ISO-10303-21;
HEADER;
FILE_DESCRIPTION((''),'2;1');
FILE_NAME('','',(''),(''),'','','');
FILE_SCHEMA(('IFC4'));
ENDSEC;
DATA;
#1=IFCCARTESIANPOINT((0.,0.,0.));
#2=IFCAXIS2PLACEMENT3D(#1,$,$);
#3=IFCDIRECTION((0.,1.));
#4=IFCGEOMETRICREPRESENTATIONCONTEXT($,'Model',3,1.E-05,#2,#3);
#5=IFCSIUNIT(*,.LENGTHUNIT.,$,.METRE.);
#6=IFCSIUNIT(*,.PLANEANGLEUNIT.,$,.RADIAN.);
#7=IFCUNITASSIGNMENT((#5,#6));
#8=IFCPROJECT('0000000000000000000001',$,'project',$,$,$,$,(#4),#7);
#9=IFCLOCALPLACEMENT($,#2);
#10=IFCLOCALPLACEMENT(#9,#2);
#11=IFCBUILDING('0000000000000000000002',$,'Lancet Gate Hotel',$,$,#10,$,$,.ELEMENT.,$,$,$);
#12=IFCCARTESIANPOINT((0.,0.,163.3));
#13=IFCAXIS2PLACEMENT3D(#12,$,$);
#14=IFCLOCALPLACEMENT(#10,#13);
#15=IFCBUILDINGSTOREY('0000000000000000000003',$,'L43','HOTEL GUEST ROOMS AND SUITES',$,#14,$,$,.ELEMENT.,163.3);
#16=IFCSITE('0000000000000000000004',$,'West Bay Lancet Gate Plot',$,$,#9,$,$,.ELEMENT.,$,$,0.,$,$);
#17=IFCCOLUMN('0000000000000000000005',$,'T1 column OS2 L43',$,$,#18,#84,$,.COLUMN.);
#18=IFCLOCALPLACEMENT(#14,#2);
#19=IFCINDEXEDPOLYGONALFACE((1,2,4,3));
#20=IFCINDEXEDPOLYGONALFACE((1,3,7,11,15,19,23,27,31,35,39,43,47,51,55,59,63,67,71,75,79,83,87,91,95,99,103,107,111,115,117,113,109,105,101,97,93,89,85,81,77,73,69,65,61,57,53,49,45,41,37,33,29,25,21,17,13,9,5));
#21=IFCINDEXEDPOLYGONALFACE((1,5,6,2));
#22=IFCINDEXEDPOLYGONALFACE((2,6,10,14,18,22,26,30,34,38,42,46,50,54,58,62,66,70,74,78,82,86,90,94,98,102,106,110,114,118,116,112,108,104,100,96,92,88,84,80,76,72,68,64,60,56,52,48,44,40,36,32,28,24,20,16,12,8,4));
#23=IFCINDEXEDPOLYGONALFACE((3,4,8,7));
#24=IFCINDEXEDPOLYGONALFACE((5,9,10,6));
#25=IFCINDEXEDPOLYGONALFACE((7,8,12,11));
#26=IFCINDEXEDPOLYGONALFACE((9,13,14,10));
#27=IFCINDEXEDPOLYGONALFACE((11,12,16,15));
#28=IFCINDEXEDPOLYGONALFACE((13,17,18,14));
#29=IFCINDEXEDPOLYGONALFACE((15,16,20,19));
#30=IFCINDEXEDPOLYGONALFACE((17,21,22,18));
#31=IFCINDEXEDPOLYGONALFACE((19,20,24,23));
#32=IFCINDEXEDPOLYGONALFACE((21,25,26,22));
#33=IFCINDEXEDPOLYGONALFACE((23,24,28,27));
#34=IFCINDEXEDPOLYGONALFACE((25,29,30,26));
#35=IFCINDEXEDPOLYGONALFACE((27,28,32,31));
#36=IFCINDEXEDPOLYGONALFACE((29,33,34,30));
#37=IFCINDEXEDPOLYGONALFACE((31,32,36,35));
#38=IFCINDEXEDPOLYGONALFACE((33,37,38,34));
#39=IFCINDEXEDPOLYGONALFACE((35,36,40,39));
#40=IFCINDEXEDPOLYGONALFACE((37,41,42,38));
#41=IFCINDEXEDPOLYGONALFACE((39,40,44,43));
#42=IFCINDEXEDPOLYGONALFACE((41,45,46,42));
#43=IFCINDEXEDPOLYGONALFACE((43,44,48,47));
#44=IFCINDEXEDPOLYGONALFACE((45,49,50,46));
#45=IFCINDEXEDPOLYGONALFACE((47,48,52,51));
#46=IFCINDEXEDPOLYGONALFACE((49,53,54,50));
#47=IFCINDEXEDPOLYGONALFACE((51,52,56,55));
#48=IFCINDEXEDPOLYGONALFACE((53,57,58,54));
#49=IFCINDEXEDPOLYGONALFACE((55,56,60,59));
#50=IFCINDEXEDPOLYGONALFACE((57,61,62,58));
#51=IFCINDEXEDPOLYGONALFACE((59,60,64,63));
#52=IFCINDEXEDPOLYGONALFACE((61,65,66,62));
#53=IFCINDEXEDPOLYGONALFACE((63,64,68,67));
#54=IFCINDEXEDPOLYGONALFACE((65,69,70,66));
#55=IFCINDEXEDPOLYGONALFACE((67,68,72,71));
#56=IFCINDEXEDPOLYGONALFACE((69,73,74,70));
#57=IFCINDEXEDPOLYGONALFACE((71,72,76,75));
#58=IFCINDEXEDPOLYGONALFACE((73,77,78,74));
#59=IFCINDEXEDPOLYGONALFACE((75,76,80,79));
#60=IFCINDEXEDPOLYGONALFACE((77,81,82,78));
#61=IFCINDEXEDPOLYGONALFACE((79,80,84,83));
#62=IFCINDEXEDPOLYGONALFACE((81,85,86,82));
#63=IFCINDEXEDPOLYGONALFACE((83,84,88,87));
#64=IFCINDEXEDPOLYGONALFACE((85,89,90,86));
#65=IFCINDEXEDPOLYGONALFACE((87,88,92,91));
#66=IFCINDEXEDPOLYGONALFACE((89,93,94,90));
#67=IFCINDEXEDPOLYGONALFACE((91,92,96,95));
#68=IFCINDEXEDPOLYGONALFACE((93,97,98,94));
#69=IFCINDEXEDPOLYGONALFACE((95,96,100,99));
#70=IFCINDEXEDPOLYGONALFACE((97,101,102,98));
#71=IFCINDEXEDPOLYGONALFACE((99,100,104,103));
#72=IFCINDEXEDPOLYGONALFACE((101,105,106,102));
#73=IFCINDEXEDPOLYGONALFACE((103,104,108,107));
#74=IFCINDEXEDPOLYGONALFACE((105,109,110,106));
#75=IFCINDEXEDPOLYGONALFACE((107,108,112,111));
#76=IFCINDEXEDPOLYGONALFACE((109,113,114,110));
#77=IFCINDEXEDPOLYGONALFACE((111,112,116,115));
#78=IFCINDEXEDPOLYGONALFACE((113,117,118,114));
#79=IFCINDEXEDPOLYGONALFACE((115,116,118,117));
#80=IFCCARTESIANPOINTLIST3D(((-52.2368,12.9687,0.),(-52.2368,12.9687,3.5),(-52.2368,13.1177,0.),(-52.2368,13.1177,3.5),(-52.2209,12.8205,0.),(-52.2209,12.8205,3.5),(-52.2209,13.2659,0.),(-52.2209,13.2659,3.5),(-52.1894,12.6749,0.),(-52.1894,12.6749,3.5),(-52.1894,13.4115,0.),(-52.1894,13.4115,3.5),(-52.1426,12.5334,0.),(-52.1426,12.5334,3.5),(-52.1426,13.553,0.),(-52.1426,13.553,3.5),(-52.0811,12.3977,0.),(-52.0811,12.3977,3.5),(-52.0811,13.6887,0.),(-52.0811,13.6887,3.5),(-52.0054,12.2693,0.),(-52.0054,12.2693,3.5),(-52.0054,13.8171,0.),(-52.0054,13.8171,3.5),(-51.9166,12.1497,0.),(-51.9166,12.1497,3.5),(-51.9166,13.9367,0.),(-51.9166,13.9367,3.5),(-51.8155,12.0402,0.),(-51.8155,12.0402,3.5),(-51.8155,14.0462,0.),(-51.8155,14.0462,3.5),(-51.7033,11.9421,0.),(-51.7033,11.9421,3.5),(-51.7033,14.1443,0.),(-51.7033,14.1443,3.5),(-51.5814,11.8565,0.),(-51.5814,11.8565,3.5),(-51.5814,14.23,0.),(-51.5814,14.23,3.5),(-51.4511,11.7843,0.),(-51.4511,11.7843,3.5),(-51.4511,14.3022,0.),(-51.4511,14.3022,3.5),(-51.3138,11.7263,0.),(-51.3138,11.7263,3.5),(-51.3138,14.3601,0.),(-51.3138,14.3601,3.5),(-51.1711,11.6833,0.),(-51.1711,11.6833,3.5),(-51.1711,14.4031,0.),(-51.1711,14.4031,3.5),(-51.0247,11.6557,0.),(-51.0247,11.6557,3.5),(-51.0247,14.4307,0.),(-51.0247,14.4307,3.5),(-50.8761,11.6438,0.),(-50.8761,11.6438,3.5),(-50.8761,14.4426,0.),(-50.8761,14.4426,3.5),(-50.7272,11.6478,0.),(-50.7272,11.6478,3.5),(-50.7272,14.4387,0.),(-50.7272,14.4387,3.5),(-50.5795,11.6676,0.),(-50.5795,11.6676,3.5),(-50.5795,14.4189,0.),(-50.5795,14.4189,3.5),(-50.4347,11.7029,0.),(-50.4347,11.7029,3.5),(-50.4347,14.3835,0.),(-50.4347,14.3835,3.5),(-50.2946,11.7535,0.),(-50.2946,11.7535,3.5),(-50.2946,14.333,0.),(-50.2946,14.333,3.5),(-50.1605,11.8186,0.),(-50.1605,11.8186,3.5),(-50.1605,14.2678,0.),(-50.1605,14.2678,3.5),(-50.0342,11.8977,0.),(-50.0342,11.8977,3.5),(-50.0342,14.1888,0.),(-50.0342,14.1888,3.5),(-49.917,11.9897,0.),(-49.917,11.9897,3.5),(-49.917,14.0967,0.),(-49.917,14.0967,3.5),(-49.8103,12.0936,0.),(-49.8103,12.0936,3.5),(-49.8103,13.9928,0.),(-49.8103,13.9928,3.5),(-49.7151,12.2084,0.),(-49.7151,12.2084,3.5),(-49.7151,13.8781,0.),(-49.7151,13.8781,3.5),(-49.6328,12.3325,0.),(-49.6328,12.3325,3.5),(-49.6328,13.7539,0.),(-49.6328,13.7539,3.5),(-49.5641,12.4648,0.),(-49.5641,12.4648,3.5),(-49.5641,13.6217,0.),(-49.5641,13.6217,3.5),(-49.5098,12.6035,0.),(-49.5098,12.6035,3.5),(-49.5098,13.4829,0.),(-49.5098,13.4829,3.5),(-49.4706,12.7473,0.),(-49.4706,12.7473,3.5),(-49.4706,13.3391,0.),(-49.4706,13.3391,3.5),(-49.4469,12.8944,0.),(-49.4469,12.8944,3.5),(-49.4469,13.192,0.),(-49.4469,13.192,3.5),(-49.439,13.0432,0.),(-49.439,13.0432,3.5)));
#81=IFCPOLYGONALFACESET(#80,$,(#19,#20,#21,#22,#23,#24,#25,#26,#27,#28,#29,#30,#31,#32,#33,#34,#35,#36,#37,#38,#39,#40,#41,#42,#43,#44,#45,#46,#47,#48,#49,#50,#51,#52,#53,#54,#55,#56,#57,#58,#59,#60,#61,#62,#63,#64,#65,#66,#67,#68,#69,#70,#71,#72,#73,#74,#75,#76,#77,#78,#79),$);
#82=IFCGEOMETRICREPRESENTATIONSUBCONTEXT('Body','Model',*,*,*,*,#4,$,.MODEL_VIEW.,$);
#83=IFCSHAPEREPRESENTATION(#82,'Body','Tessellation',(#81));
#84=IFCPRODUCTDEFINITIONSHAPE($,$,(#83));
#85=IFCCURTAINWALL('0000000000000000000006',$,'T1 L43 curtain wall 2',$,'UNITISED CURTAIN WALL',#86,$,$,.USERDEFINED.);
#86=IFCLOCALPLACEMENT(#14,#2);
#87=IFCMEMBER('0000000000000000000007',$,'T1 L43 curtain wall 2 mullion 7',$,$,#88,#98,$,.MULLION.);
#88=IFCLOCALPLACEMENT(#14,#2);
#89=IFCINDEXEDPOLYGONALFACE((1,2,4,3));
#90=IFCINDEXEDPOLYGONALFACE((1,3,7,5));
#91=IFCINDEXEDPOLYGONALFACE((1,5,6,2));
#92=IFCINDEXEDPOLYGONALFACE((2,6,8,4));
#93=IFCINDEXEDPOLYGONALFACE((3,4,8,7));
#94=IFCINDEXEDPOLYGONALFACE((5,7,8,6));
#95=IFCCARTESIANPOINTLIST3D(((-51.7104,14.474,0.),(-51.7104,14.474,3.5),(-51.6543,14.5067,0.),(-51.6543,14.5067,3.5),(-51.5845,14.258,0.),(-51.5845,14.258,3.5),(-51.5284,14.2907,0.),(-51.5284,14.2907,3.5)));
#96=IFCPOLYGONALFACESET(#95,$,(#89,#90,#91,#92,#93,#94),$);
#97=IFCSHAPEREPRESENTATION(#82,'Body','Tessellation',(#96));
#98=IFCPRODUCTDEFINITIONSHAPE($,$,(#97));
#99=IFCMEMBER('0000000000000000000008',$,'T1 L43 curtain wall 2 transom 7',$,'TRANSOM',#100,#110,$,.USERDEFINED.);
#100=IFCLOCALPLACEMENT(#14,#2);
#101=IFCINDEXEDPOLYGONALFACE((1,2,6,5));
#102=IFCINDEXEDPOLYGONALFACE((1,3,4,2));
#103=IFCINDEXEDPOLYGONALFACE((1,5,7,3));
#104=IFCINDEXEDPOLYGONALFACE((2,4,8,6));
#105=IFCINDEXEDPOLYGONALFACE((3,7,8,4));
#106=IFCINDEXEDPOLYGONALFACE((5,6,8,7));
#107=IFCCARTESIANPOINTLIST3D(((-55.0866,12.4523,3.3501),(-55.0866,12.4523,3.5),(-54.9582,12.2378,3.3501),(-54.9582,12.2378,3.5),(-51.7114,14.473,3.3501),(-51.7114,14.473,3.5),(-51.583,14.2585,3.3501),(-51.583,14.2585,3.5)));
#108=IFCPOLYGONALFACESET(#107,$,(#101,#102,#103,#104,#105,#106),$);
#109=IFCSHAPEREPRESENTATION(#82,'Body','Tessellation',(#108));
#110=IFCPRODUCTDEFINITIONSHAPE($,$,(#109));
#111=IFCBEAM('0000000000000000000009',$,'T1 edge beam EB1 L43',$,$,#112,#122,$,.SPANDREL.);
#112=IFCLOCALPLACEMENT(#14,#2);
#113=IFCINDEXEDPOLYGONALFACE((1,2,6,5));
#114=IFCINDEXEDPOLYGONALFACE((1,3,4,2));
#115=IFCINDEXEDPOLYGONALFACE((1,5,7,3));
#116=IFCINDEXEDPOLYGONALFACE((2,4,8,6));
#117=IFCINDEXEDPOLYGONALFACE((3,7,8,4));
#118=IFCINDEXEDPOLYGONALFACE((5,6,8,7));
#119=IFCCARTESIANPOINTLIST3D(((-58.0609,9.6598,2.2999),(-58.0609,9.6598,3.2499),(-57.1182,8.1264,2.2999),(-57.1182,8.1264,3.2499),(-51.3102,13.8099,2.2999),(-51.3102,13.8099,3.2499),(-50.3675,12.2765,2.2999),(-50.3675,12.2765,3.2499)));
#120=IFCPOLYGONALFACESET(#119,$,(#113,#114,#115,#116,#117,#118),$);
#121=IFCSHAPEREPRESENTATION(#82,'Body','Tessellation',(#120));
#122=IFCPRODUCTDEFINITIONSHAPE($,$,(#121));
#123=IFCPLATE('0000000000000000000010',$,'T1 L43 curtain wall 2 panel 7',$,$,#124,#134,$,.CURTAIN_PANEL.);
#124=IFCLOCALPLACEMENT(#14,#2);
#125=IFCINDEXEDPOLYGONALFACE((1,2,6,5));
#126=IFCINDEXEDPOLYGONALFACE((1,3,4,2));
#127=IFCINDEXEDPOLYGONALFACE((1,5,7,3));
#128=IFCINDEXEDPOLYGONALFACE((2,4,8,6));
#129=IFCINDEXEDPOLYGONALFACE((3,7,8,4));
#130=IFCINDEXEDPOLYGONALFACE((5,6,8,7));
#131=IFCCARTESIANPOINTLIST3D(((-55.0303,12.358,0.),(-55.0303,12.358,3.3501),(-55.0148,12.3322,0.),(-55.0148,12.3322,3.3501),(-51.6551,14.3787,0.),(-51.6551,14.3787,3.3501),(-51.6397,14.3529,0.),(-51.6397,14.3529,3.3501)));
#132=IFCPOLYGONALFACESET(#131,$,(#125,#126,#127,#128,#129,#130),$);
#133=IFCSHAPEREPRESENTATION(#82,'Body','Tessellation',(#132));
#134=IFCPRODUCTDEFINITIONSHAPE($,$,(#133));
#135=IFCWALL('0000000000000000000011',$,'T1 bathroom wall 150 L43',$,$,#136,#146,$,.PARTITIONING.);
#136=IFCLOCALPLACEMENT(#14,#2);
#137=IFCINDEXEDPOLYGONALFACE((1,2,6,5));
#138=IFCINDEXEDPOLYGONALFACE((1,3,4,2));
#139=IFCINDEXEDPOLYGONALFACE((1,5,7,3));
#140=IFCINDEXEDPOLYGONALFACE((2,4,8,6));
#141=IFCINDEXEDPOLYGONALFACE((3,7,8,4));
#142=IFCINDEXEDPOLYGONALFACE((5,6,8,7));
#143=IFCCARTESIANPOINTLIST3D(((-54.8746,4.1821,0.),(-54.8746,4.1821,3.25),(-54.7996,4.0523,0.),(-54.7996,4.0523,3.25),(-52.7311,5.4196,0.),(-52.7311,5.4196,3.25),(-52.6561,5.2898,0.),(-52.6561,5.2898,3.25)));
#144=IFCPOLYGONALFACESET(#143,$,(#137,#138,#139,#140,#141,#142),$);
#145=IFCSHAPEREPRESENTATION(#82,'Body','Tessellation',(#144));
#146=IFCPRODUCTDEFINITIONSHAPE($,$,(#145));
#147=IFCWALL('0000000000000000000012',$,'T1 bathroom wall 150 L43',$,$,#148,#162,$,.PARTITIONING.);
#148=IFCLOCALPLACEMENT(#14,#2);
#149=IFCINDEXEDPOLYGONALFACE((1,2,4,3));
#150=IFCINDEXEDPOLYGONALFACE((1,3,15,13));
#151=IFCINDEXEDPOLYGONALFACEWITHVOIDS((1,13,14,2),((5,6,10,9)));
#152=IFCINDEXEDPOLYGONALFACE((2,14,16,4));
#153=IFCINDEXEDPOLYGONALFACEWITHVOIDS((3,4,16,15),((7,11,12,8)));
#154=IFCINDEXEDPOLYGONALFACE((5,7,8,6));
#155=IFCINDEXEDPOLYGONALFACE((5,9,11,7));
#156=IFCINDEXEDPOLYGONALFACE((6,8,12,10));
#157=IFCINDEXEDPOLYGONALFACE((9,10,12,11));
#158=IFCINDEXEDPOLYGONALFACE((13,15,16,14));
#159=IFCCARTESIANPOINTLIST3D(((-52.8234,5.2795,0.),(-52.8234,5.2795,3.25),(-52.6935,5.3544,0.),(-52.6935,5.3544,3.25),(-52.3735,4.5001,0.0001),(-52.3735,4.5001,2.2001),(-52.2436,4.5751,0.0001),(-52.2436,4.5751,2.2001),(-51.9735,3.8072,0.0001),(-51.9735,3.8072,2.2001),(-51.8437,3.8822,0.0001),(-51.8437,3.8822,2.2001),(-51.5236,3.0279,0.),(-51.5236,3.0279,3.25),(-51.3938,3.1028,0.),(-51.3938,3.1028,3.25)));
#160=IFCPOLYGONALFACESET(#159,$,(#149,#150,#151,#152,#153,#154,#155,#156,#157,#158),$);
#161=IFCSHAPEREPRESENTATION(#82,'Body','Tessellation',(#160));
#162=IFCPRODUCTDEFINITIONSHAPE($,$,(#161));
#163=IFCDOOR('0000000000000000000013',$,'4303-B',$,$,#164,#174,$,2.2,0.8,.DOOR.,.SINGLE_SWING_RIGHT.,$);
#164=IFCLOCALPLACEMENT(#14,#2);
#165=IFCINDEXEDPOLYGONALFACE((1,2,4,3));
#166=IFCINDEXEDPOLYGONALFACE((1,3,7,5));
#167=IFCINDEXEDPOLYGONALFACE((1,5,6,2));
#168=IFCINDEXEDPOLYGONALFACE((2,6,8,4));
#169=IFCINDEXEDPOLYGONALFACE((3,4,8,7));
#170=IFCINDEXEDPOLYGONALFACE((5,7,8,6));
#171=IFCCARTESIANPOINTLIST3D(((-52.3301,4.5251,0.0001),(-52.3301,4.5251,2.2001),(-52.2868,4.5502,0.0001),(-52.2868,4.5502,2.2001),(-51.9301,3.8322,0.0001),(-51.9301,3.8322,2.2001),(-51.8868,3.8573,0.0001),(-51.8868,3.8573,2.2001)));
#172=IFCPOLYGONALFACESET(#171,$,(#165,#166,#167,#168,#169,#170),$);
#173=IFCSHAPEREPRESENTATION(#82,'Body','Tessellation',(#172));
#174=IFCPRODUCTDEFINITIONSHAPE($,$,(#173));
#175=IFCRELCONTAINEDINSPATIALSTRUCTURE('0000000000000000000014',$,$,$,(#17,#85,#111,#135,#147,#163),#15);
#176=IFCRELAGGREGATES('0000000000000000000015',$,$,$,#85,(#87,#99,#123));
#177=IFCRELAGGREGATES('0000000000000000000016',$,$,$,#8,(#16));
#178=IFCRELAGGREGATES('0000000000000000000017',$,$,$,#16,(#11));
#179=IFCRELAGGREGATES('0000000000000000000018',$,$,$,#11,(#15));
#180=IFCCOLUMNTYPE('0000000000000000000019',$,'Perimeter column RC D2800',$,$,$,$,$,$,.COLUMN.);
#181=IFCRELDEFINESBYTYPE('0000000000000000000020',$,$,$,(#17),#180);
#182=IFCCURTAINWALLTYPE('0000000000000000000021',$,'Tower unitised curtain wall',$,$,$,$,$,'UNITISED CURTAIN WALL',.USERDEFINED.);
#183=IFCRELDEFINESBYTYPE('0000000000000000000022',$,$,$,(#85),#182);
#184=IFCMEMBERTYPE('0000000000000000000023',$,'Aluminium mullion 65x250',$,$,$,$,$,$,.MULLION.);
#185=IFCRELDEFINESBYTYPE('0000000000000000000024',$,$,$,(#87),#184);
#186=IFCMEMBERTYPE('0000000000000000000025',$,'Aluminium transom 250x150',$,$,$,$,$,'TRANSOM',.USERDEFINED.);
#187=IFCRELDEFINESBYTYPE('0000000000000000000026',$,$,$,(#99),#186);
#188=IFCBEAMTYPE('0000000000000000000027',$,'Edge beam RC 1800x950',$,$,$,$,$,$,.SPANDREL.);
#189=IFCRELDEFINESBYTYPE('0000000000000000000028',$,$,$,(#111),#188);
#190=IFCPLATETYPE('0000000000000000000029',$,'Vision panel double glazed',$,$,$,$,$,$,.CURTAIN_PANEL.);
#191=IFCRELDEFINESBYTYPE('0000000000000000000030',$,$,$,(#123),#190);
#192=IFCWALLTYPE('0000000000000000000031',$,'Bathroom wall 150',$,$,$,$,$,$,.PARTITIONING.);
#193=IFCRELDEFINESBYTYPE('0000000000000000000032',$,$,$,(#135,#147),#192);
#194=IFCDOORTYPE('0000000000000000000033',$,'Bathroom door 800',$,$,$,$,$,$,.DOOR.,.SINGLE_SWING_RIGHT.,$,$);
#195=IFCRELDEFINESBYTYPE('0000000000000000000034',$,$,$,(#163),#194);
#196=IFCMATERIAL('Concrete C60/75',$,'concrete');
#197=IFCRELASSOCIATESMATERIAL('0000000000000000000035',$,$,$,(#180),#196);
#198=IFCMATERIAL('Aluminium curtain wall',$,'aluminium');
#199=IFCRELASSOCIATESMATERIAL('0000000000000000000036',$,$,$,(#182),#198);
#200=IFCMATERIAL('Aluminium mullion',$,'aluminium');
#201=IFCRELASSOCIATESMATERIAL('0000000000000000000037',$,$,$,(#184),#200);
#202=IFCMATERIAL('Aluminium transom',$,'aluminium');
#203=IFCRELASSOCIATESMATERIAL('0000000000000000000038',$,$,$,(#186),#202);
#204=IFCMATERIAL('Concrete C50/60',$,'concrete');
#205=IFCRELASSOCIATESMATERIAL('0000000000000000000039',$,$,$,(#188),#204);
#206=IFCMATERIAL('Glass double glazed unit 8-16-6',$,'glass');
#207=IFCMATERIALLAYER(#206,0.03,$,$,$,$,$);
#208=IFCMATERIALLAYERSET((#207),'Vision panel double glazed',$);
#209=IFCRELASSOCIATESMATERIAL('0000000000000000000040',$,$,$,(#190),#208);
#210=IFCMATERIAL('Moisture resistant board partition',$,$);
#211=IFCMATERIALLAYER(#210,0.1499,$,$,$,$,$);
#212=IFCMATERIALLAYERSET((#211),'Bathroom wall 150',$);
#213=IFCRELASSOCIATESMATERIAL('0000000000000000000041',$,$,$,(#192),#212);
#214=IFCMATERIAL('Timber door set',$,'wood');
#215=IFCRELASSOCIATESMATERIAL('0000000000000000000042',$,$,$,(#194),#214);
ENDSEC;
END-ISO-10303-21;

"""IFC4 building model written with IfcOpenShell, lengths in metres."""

from ifc_helpers import new_model, si_unit, direction, frame, frame_2d, origin, origin_2d, place, context, subcontext, project, spatial, rectangle, circle, extrude, material, layer, layer_set, material_profile, profile_set, type_object, element, fill, aggregate, save


model = new_model("IFC4")

# Units and contexts
model_context = context("Model", 3, precision=1e-05, world=origin(), true_north=direction((0.0, 1.0)))
body_context = subcontext(model_context, "Body", "Model", "MODEL_VIEW")
ifc_project = project(units=[si_unit("LENGTHUNIT", "METRE"), si_unit("PLANEANGLEUNIT", "RADIAN")], contexts=[model_context])

# Site, building, storey
site_placement = place(None, origin())
site = spatial("IfcSite", under=ifc_project, at=site_placement, Name="West Bay Lancet Gate Plot", CompositionType="ELEMENT", RefElevation=0.0)
building_placement = place(site_placement, origin())
building = spatial("IfcBuilding", under=site, at=building_placement, Name="Lancet Gate Hotel", CompositionType="ELEMENT")
storey_placement = place(building_placement, frame((0.0, 0.0, 163.3)))
storey = spatial("IfcBuildingStorey", under=building, at=storey_placement, Name="L43", Description="HOTEL GUEST ROOMS AND SUITES", CompositionType="ELEMENT", Elevation=163.3)

# Column
ifc_material_1 = material(Name="Concrete C60/75", Category="concrete")
ifc_material_profile_1 = material_profile(ifc_material_1, circle(Radius=1.3999, at=origin_2d()), Name="RC D2800")
ifc_profile_set_1 = profile_set([ifc_material_profile_1], Name="Concrete C60/75")
column_type = type_object("IfcColumnType", Name="Perimeter column RC D2800", PredefinedType="COLUMN", material=ifc_profile_set_1)
column_placement = place(storey_placement, frame((-50.8389, 13.0432, 0.0), z_axis=(0.0, 0.0, 1.0), x_axis=(1.0, 0.0, 0.0)))
element("IfcColumn", 1, at=column_placement, inside=storey, type_object=column_type, Name="T1 column OS2 L43", PredefinedType="COLUMN", context=body_context, shape_type="SweptSolid", body=[
    extrude(circle(Radius=1.3999, at=origin_2d()), origin(), (0.0, 0.0, 1.0), 3.5),
])

# Curtain wall, members
ifc_material_2 = material(Name="Aluminium curtain wall", Category="aluminium")
curtain_wall_type = type_object("IfcCurtainWallType", Name="Tower unitised curtain wall", ElementType="UNITISED CURTAIN WALL", PredefinedType="USERDEFINED", material=ifc_material_2)
curtain_wall_placement = place(storey_placement, origin())
curtain_wall = element("IfcCurtainWall", 2, at=curtain_wall_placement, inside=storey, type_object=curtain_wall_type, Name="T1 L43 curtain wall 2", ObjectType="UNITISED CURTAIN WALL", PredefinedType="USERDEFINED")
ifc_material_3 = material(Name="Aluminium mullion", Category="aluminium")
ifc_material_profile_2 = material_profile(ifc_material_3, rectangle(XDim=0.0649, YDim=0.25, at=origin_2d()), Name="MULLION 65x250")
ifc_profile_set_2 = profile_set([ifc_material_profile_2], Name="Aluminium mullion")
member_type_1 = type_object("IfcMemberType", Name="Aluminium mullion 65x250", PredefinedType="MULLION", material=ifc_profile_set_2)
member_1_placement = place(storey_placement, frame((-51.6194, 14.3823, 0.0), z_axis=(0.0, 0.0, 1.0), x_axis=(-0.863969, -0.503545, 0.0)))
member_1 = element("IfcMember", 3, at=member_1_placement, type_object=member_type_1, Name="T1 L43 curtain wall 2 mullion 7", PredefinedType="MULLION", context=body_context, shape_type="SweptSolid", body=[
    extrude(rectangle(XDim=0.0649, YDim=0.25, at=origin_2d()), origin(), (0.0, 0.0, 1.0), 3.5),
])
ifc_material_4 = material(Name="Aluminium transom", Category="aluminium")
ifc_material_profile_3 = material_profile(ifc_material_4, rectangle(XDim=0.25, YDim=0.1499, at=origin_2d()), Name="TRANSOM 250x150")
ifc_profile_set_3 = profile_set([ifc_material_profile_3], Name="Aluminium transom")
member_type_2 = type_object("IfcMemberType", Name="Aluminium transom 250x150", ElementType="TRANSOM", PredefinedType="USERDEFINED", material=ifc_profile_set_3)
member_2_placement = place(storey_placement, frame((-51.6472, 14.3657, 3.425), z_axis=(-0.857985, -0.513674, 0.0), x_axis=(0.513674, -0.857985, 0.0)))
member_2 = element("IfcMember", 4, at=member_2_placement, type_object=member_type_2, Name="T1 L43 curtain wall 2 transom 7", ObjectType="TRANSOM", PredefinedType="USERDEFINED", context=body_context, shape_type="SweptSolid", body=[
    extrude(rectangle(XDim=0.25, YDim=0.1499, at=origin_2d()), origin(), (0.0, 0.0, 1.0), 3.9338),
])

# Beam
ifc_material_5 = material(Name="Concrete C50/60", Category="concrete")
ifc_material_profile_4 = material_profile(ifc_material_5, rectangle(XDim=1.8, YDim=0.95, at=origin_2d()), Name="RC 1800x950")
ifc_profile_set_4 = profile_set([ifc_material_profile_4], Name="Concrete C50/60")
beam_type = type_object("IfcBeamType", Name="Edge beam RC 1800x950", PredefinedType="SPANDREL", material=ifc_profile_set_4)
beam_placement = place(storey_placement, frame((-50.8389, 13.0432, 2.7749), z_axis=(-0.851892, -0.523717, 0.0), x_axis=(0.523717, -0.851892, 0.0)))
element("IfcBeam", 5, at=beam_placement, inside=storey, type_object=beam_type, Name="T1 edge beam EB1 L43", PredefinedType="SPANDREL", context=body_context, shape_type="SweptSolid", body=[
    extrude(rectangle(XDim=1.8, YDim=0.95, at=origin_2d()), origin(), (0.0, 0.0, 1.0), 7.9243),
])

# Plate
ifc_material_6 = material(Name="Glass double glazed unit 8-16-6", Category="glass")
ifc_layer_1 = layer(ifc_material_6, 0.03)
ifc_layer_set_1 = layer_set([ifc_layer_1], Name="Vision panel double glazed")
plate_type = type_object("IfcPlateType", Name="Vision panel double glazed", PredefinedType="CURTAIN_PANEL", material=ifc_layer_set_1)
plate_placement = place(storey_placement, frame((-53.335, 13.3555, 0.0), z_axis=(0.0, 0.0, 1.0), x_axis=(-0.857987, -0.513672, 0.0)))
plate = element("IfcPlate", 6, at=plate_placement, type_object=plate_type, Name="T1 L43 curtain wall 2 panel 7", PredefinedType="CURTAIN_PANEL", context=body_context, shape_type="SweptSolid", body=[
    extrude(rectangle(XDim=3.9338, YDim=0.03, at=origin_2d()), origin(), (0.0, 0.0, 1.0), 3.3501),
])
aggregate(curtain_wall, [member_1, member_2, plate])

# Wall
ifc_material_7 = material(Name="Moisture resistant board partition")
ifc_layer_2 = layer(ifc_material_7, 0.1499)
ifc_layer_set_2 = layer_set([ifc_layer_2], Name="Bathroom wall 150")
wall_type_1 = type_object("IfcWallType", Name="Bathroom wall 150", PredefinedType="PARTITIONING", material=ifc_layer_set_2)
wall_1_placement = place(storey_placement, frame((-52.6936, 5.3547, 0.0), z_axis=(0.0, 0.0, 1.0), x_axis=(-0.866031, -0.49999, 0.0)))
element("IfcWall", 7, at=wall_1_placement, inside=storey, type_object=wall_type_1, Name="T1 bathroom wall 150 L43", PredefinedType="PARTITIONING", context=body_context, shape_type="SweptSolid", body=[
    extrude(rectangle(XDim=2.4751, YDim=0.1499, at=frame_2d((1.2375, 0.0))), origin(), (0.0, 0.0, 1.0), 3.25),
])

# Wall, opening, door
wall_2_placement = place(storey_placement, frame((-51.4587, 3.0654, 0.0), z_axis=(0.0, 0.0, 1.0), x_axis=(-0.499937, 0.866062, 0.0)))
wall_2 = element("IfcWall", 8, at=wall_2_placement, inside=storey, type_object=wall_type_1, Name="T1 bathroom wall 150 L43", PredefinedType="PARTITIONING", context=body_context, shape_type="SweptSolid", body=[
    extrude(rectangle(XDim=2.5999, YDim=0.1499, at=frame_2d((1.2998, 0.0))), origin(), (0.0, 0.0, 1.0), 3.25),
])
opening_1_placement = place(wall_2_placement, frame((0.8999, 0.0, 0.0)))
opening_1 = element("IfcOpeningElement", 9, at=opening_1_placement, cuts=wall_2, PredefinedType="OPENING", context=body_context, shape_type="SweptSolid", body=[
    extrude(rectangle(XDim=0.8, YDim=2.2, at=frame_2d((0.3999, 1.1001))), frame((0.0, 0.085, 0.0), z_axis=(0.0, -1.0, 0.0), x_axis=(1.0, 0.0, 0.0)), (0.0, 0.0, 1.0), 0.1699),
])
ifc_material_8 = material(Name="Timber door set", Category="wood")
door_type_1 = type_object("IfcDoorType", Name="Bathroom door 800", OperationType="SINGLE_SWING_RIGHT", PredefinedType="DOOR", material=ifc_material_8)
door_1_placement = place(opening_1_placement, origin())
door_1 = element("IfcDoor", 10, at=door_1_placement, inside=storey, type_object=door_type_1, Name="4303-B", OperationType="SINGLE_SWING_RIGHT", OverallHeight=2.2, OverallWidth=0.8, PredefinedType="DOOR", context=body_context, shape_type="SweptSolid", body=[
    extrude(rectangle(XDim=0.8, YDim=2.2, at=frame_2d((0.3999, 1.1001))), frame((0.0, 0.0249, 0.0), z_axis=(0.0, -1.0, 0.0), x_axis=(1.0, 0.0, 0.0)), (0.0, 0.0, 1.0), 0.05),
])
fill(opening_1, door_1)

save(model, "model.ifc")
